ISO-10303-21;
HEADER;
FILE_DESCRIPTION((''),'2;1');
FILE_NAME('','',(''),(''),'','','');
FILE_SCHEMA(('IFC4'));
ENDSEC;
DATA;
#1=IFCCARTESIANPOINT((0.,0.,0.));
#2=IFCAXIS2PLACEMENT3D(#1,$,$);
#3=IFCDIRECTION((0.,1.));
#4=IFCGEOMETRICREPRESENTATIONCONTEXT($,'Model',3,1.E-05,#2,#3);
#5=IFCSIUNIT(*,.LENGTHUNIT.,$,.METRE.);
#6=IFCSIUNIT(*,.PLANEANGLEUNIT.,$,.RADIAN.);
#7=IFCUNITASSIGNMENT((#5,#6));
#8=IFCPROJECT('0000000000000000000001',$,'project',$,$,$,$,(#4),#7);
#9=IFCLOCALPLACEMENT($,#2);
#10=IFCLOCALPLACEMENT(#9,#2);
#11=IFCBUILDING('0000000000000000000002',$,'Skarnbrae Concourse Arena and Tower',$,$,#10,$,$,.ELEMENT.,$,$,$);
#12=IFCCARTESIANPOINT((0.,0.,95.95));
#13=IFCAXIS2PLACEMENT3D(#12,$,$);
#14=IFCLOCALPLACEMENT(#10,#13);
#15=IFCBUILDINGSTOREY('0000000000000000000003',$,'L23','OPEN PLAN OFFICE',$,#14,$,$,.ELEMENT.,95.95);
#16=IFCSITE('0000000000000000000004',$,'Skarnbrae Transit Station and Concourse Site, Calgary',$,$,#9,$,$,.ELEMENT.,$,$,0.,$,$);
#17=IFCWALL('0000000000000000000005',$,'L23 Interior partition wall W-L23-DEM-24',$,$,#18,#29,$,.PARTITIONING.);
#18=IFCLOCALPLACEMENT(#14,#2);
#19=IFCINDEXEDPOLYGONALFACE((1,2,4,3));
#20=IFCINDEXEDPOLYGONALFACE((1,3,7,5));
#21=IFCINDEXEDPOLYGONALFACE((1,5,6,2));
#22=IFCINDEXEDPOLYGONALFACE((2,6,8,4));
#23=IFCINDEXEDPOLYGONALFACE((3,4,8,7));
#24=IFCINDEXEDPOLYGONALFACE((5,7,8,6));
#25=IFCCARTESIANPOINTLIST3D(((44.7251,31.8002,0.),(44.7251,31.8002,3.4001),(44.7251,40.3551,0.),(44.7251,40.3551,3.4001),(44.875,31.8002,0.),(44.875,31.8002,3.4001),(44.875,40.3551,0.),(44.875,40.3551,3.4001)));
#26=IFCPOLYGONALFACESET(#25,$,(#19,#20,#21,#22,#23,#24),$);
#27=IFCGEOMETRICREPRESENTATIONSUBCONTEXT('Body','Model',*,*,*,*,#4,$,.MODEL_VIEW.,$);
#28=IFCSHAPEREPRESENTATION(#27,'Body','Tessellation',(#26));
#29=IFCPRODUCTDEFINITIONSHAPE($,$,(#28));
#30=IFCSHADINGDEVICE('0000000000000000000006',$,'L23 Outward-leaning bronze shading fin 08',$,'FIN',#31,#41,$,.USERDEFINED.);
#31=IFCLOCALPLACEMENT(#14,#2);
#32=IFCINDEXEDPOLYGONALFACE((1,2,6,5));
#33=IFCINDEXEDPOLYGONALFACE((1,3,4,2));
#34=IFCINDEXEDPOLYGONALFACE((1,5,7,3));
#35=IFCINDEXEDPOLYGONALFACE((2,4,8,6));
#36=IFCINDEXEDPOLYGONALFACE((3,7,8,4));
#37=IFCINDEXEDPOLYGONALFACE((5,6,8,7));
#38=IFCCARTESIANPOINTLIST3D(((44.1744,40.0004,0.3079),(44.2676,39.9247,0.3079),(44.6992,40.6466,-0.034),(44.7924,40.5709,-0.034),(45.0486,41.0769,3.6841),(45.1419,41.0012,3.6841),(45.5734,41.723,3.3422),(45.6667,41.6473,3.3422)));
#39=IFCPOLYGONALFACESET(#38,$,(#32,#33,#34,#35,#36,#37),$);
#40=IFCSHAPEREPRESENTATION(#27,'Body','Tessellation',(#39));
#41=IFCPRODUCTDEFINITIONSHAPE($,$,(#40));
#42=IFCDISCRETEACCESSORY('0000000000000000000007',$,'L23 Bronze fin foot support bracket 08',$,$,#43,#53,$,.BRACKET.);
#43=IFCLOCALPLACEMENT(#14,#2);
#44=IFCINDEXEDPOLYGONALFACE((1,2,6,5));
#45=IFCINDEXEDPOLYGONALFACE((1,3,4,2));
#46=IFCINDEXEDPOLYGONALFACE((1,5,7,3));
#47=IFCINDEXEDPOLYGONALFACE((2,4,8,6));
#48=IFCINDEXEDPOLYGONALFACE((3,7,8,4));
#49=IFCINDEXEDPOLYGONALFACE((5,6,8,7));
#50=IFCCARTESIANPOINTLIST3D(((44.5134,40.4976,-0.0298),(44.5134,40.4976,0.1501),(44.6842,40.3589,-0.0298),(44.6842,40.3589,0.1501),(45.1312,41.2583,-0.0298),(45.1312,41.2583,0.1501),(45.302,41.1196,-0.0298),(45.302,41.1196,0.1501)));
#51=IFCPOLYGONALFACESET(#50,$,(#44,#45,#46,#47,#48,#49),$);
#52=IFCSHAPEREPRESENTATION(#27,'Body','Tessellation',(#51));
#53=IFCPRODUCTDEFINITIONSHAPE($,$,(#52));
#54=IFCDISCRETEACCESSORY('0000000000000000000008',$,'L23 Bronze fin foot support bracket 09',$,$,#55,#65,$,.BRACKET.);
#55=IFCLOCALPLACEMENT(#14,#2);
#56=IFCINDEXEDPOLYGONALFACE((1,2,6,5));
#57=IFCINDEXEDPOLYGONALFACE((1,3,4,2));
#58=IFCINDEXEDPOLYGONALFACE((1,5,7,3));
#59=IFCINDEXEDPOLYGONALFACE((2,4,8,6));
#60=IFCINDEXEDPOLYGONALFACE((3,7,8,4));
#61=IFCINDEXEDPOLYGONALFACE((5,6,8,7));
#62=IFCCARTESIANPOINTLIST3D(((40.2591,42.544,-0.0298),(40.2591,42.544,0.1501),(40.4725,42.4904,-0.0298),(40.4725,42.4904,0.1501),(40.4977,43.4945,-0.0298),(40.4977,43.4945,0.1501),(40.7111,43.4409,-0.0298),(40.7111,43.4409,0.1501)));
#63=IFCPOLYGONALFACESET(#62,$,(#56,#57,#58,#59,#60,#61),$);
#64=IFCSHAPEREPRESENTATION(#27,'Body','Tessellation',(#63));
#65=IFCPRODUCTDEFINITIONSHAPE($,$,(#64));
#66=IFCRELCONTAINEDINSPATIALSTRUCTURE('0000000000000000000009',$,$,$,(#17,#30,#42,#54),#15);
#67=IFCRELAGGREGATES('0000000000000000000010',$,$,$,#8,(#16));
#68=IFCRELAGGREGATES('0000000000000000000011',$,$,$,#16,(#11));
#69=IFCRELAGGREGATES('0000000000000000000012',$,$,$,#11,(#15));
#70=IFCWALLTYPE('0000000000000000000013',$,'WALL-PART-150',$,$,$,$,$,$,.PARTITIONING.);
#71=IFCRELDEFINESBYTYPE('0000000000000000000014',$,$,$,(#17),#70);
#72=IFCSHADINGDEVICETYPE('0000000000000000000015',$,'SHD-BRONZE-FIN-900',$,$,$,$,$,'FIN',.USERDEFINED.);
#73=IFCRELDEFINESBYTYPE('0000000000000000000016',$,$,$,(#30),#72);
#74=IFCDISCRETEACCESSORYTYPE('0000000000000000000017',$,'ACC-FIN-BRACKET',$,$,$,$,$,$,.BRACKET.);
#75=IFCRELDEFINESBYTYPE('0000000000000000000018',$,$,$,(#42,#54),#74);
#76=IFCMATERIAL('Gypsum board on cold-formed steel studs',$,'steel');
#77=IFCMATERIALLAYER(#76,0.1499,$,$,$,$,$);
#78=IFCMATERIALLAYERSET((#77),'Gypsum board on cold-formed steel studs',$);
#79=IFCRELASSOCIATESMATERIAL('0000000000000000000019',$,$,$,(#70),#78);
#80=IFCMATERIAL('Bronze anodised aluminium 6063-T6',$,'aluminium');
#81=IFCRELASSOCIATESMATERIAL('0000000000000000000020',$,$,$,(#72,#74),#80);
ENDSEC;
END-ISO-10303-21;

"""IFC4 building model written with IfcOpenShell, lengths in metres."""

from ifc_helpers import new_model, si_unit, direction, frame, frame_2d, origin, origin_2d, place, context, subcontext, project, spatial, rectangle, extrude, source, transform, mapped, material, layer, layer_set, type_object, element, save


model = new_model("IFC4")

# Units and contexts
model_context = context("Model", 3, precision=1e-05, world=origin(), true_north=direction((0.0, 1.0)))
body_context = subcontext(model_context, "Body", "Model", "MODEL_VIEW")
ifc_project = project(units=[si_unit("LENGTHUNIT", "METRE"), si_unit("PLANEANGLEUNIT", "RADIAN")], contexts=[model_context])

# Site, building, storey
site_placement = place(None, origin())
site = spatial("IfcSite", under=ifc_project, at=site_placement, Name="Skarnbrae Transit Station and Concourse Site, Calgary", CompositionType="ELEMENT", RefElevation=0.0)
building_placement = place(site_placement, origin())
building = spatial("IfcBuilding", under=site, at=building_placement, Name="Skarnbrae Concourse Arena and Tower", CompositionType="ELEMENT")
storey_placement = place(building_placement, frame((0.0, 0.0, 95.95)))
storey = spatial("IfcBuildingStorey", under=building, at=storey_placement, Name="L23", Description="OPEN PLAN OFFICE", CompositionType="ELEMENT", Elevation=95.95)

# Shared definitions
ifc_material_1 = material(Name="Bronze anodised aluminium 6063-T6", Category="aluminium")

# Wall
ifc_material_2 = material(Name="Gypsum board on cold-formed steel studs", Category="steel")
ifc_layer_1 = layer(ifc_material_2, 0.1499)
ifc_layer_set_1 = layer_set([ifc_layer_1], Name="Gypsum board on cold-formed steel studs")
wall_type_1 = type_object("IfcWallType", Name="WALL-PART-150", PredefinedType="PARTITIONING", material=ifc_layer_set_1)
shared_shape_1 = source(origin(), body_context, "Body", "SweptSolid", [
    extrude(rectangle(XDim=8.5549, YDim=0.1499, at=frame_2d((4.2773, 0.0))), origin(), (0.0, 0.0, 1.0), 3.4001),
])
wall_placement = place(storey_placement, frame((44.8, 40.355, 0.0), z_axis=(0.0, 0.0, 1.0), x_axis=(0.0, -1.0, 0.0)))
element("IfcWall", 1, at=wall_placement, inside=storey, type_object=wall_type_1, Name="L23 Interior partition wall W-L23-DEM-24", PredefinedType="PARTITIONING", context=body_context, shape_type="MappedRepresentation", body=[
    mapped(shared_shape_1, transform((0.0, 0.0, 0.0))),
])

# Shading device
shading_device_type = type_object("IfcShadingDeviceType", Name="SHD-BRONZE-FIN-900", ElementType="FIN", PredefinedType="USERDEFINED", material=ifc_material_1)
shared_shape_2 = source(origin(), body_context, "Body", "SweptSolid", [
    extrude(rectangle(XDim=0.1201, YDim=0.8999, at=origin_2d()), origin(), (0.0, 0.0, 1.0), 3.6499),
])
shading_device_placement = place(storey_placement, frame((44.4834, 40.2856, 0.137), z_axis=(0.239527, 0.294927, 0.925011), x_axis=(0.776245, -0.630432, 0.0)))
element("IfcShadingDevice", 2, at=shading_device_placement, inside=storey, type_object=shading_device_type, Name="L23 Outward-leaning bronze shading fin 08", ObjectType="FIN", PredefinedType="USERDEFINED", context=body_context, shape_type="MappedRepresentation", body=[
    mapped(shared_shape_2, transform((0.0, 0.0, 0.0))),
])

# Discrete accessories
discrete_accessory_type = type_object("IfcDiscreteAccessoryType", Name="ACC-FIN-BRACKET", PredefinedType="BRACKET", material=ifc_material_1)
shared_shape_3 = source(origin(), body_context, "Body", "SweptSolid", [
    extrude(rectangle(XDim=0.22, YDim=0.98, at=origin_2d()), origin(), (0.0, 0.0, 1.0), 0.1799),
])
for number, where, z_axis, x_axis, name in (
    (3, (44.9077, 40.8086, -0.0298), (0.0, 0.0, 1.0), (0.776245, -0.630432, 0.0), "L23 Bronze fin foot support bracket 08"),
    (4, (40.4851, 42.9924, -0.0298), (0.0, 0.0, 1.0), (0.969902, -0.243497, 0.0), "L23 Bronze fin foot support bracket 09"),
):
    element("IfcDiscreteAccessory", number, at=place(storey_placement, frame(where, z_axis=z_axis, x_axis=x_axis)), inside=storey, type_object=discrete_accessory_type, Name=name, PredefinedType="BRACKET", context=body_context, shape_type="MappedRepresentation", body=[
        mapped(shared_shape_3, transform((0.0, 0.0, 0.0))),
    ])

save(model, "model.ifc")
